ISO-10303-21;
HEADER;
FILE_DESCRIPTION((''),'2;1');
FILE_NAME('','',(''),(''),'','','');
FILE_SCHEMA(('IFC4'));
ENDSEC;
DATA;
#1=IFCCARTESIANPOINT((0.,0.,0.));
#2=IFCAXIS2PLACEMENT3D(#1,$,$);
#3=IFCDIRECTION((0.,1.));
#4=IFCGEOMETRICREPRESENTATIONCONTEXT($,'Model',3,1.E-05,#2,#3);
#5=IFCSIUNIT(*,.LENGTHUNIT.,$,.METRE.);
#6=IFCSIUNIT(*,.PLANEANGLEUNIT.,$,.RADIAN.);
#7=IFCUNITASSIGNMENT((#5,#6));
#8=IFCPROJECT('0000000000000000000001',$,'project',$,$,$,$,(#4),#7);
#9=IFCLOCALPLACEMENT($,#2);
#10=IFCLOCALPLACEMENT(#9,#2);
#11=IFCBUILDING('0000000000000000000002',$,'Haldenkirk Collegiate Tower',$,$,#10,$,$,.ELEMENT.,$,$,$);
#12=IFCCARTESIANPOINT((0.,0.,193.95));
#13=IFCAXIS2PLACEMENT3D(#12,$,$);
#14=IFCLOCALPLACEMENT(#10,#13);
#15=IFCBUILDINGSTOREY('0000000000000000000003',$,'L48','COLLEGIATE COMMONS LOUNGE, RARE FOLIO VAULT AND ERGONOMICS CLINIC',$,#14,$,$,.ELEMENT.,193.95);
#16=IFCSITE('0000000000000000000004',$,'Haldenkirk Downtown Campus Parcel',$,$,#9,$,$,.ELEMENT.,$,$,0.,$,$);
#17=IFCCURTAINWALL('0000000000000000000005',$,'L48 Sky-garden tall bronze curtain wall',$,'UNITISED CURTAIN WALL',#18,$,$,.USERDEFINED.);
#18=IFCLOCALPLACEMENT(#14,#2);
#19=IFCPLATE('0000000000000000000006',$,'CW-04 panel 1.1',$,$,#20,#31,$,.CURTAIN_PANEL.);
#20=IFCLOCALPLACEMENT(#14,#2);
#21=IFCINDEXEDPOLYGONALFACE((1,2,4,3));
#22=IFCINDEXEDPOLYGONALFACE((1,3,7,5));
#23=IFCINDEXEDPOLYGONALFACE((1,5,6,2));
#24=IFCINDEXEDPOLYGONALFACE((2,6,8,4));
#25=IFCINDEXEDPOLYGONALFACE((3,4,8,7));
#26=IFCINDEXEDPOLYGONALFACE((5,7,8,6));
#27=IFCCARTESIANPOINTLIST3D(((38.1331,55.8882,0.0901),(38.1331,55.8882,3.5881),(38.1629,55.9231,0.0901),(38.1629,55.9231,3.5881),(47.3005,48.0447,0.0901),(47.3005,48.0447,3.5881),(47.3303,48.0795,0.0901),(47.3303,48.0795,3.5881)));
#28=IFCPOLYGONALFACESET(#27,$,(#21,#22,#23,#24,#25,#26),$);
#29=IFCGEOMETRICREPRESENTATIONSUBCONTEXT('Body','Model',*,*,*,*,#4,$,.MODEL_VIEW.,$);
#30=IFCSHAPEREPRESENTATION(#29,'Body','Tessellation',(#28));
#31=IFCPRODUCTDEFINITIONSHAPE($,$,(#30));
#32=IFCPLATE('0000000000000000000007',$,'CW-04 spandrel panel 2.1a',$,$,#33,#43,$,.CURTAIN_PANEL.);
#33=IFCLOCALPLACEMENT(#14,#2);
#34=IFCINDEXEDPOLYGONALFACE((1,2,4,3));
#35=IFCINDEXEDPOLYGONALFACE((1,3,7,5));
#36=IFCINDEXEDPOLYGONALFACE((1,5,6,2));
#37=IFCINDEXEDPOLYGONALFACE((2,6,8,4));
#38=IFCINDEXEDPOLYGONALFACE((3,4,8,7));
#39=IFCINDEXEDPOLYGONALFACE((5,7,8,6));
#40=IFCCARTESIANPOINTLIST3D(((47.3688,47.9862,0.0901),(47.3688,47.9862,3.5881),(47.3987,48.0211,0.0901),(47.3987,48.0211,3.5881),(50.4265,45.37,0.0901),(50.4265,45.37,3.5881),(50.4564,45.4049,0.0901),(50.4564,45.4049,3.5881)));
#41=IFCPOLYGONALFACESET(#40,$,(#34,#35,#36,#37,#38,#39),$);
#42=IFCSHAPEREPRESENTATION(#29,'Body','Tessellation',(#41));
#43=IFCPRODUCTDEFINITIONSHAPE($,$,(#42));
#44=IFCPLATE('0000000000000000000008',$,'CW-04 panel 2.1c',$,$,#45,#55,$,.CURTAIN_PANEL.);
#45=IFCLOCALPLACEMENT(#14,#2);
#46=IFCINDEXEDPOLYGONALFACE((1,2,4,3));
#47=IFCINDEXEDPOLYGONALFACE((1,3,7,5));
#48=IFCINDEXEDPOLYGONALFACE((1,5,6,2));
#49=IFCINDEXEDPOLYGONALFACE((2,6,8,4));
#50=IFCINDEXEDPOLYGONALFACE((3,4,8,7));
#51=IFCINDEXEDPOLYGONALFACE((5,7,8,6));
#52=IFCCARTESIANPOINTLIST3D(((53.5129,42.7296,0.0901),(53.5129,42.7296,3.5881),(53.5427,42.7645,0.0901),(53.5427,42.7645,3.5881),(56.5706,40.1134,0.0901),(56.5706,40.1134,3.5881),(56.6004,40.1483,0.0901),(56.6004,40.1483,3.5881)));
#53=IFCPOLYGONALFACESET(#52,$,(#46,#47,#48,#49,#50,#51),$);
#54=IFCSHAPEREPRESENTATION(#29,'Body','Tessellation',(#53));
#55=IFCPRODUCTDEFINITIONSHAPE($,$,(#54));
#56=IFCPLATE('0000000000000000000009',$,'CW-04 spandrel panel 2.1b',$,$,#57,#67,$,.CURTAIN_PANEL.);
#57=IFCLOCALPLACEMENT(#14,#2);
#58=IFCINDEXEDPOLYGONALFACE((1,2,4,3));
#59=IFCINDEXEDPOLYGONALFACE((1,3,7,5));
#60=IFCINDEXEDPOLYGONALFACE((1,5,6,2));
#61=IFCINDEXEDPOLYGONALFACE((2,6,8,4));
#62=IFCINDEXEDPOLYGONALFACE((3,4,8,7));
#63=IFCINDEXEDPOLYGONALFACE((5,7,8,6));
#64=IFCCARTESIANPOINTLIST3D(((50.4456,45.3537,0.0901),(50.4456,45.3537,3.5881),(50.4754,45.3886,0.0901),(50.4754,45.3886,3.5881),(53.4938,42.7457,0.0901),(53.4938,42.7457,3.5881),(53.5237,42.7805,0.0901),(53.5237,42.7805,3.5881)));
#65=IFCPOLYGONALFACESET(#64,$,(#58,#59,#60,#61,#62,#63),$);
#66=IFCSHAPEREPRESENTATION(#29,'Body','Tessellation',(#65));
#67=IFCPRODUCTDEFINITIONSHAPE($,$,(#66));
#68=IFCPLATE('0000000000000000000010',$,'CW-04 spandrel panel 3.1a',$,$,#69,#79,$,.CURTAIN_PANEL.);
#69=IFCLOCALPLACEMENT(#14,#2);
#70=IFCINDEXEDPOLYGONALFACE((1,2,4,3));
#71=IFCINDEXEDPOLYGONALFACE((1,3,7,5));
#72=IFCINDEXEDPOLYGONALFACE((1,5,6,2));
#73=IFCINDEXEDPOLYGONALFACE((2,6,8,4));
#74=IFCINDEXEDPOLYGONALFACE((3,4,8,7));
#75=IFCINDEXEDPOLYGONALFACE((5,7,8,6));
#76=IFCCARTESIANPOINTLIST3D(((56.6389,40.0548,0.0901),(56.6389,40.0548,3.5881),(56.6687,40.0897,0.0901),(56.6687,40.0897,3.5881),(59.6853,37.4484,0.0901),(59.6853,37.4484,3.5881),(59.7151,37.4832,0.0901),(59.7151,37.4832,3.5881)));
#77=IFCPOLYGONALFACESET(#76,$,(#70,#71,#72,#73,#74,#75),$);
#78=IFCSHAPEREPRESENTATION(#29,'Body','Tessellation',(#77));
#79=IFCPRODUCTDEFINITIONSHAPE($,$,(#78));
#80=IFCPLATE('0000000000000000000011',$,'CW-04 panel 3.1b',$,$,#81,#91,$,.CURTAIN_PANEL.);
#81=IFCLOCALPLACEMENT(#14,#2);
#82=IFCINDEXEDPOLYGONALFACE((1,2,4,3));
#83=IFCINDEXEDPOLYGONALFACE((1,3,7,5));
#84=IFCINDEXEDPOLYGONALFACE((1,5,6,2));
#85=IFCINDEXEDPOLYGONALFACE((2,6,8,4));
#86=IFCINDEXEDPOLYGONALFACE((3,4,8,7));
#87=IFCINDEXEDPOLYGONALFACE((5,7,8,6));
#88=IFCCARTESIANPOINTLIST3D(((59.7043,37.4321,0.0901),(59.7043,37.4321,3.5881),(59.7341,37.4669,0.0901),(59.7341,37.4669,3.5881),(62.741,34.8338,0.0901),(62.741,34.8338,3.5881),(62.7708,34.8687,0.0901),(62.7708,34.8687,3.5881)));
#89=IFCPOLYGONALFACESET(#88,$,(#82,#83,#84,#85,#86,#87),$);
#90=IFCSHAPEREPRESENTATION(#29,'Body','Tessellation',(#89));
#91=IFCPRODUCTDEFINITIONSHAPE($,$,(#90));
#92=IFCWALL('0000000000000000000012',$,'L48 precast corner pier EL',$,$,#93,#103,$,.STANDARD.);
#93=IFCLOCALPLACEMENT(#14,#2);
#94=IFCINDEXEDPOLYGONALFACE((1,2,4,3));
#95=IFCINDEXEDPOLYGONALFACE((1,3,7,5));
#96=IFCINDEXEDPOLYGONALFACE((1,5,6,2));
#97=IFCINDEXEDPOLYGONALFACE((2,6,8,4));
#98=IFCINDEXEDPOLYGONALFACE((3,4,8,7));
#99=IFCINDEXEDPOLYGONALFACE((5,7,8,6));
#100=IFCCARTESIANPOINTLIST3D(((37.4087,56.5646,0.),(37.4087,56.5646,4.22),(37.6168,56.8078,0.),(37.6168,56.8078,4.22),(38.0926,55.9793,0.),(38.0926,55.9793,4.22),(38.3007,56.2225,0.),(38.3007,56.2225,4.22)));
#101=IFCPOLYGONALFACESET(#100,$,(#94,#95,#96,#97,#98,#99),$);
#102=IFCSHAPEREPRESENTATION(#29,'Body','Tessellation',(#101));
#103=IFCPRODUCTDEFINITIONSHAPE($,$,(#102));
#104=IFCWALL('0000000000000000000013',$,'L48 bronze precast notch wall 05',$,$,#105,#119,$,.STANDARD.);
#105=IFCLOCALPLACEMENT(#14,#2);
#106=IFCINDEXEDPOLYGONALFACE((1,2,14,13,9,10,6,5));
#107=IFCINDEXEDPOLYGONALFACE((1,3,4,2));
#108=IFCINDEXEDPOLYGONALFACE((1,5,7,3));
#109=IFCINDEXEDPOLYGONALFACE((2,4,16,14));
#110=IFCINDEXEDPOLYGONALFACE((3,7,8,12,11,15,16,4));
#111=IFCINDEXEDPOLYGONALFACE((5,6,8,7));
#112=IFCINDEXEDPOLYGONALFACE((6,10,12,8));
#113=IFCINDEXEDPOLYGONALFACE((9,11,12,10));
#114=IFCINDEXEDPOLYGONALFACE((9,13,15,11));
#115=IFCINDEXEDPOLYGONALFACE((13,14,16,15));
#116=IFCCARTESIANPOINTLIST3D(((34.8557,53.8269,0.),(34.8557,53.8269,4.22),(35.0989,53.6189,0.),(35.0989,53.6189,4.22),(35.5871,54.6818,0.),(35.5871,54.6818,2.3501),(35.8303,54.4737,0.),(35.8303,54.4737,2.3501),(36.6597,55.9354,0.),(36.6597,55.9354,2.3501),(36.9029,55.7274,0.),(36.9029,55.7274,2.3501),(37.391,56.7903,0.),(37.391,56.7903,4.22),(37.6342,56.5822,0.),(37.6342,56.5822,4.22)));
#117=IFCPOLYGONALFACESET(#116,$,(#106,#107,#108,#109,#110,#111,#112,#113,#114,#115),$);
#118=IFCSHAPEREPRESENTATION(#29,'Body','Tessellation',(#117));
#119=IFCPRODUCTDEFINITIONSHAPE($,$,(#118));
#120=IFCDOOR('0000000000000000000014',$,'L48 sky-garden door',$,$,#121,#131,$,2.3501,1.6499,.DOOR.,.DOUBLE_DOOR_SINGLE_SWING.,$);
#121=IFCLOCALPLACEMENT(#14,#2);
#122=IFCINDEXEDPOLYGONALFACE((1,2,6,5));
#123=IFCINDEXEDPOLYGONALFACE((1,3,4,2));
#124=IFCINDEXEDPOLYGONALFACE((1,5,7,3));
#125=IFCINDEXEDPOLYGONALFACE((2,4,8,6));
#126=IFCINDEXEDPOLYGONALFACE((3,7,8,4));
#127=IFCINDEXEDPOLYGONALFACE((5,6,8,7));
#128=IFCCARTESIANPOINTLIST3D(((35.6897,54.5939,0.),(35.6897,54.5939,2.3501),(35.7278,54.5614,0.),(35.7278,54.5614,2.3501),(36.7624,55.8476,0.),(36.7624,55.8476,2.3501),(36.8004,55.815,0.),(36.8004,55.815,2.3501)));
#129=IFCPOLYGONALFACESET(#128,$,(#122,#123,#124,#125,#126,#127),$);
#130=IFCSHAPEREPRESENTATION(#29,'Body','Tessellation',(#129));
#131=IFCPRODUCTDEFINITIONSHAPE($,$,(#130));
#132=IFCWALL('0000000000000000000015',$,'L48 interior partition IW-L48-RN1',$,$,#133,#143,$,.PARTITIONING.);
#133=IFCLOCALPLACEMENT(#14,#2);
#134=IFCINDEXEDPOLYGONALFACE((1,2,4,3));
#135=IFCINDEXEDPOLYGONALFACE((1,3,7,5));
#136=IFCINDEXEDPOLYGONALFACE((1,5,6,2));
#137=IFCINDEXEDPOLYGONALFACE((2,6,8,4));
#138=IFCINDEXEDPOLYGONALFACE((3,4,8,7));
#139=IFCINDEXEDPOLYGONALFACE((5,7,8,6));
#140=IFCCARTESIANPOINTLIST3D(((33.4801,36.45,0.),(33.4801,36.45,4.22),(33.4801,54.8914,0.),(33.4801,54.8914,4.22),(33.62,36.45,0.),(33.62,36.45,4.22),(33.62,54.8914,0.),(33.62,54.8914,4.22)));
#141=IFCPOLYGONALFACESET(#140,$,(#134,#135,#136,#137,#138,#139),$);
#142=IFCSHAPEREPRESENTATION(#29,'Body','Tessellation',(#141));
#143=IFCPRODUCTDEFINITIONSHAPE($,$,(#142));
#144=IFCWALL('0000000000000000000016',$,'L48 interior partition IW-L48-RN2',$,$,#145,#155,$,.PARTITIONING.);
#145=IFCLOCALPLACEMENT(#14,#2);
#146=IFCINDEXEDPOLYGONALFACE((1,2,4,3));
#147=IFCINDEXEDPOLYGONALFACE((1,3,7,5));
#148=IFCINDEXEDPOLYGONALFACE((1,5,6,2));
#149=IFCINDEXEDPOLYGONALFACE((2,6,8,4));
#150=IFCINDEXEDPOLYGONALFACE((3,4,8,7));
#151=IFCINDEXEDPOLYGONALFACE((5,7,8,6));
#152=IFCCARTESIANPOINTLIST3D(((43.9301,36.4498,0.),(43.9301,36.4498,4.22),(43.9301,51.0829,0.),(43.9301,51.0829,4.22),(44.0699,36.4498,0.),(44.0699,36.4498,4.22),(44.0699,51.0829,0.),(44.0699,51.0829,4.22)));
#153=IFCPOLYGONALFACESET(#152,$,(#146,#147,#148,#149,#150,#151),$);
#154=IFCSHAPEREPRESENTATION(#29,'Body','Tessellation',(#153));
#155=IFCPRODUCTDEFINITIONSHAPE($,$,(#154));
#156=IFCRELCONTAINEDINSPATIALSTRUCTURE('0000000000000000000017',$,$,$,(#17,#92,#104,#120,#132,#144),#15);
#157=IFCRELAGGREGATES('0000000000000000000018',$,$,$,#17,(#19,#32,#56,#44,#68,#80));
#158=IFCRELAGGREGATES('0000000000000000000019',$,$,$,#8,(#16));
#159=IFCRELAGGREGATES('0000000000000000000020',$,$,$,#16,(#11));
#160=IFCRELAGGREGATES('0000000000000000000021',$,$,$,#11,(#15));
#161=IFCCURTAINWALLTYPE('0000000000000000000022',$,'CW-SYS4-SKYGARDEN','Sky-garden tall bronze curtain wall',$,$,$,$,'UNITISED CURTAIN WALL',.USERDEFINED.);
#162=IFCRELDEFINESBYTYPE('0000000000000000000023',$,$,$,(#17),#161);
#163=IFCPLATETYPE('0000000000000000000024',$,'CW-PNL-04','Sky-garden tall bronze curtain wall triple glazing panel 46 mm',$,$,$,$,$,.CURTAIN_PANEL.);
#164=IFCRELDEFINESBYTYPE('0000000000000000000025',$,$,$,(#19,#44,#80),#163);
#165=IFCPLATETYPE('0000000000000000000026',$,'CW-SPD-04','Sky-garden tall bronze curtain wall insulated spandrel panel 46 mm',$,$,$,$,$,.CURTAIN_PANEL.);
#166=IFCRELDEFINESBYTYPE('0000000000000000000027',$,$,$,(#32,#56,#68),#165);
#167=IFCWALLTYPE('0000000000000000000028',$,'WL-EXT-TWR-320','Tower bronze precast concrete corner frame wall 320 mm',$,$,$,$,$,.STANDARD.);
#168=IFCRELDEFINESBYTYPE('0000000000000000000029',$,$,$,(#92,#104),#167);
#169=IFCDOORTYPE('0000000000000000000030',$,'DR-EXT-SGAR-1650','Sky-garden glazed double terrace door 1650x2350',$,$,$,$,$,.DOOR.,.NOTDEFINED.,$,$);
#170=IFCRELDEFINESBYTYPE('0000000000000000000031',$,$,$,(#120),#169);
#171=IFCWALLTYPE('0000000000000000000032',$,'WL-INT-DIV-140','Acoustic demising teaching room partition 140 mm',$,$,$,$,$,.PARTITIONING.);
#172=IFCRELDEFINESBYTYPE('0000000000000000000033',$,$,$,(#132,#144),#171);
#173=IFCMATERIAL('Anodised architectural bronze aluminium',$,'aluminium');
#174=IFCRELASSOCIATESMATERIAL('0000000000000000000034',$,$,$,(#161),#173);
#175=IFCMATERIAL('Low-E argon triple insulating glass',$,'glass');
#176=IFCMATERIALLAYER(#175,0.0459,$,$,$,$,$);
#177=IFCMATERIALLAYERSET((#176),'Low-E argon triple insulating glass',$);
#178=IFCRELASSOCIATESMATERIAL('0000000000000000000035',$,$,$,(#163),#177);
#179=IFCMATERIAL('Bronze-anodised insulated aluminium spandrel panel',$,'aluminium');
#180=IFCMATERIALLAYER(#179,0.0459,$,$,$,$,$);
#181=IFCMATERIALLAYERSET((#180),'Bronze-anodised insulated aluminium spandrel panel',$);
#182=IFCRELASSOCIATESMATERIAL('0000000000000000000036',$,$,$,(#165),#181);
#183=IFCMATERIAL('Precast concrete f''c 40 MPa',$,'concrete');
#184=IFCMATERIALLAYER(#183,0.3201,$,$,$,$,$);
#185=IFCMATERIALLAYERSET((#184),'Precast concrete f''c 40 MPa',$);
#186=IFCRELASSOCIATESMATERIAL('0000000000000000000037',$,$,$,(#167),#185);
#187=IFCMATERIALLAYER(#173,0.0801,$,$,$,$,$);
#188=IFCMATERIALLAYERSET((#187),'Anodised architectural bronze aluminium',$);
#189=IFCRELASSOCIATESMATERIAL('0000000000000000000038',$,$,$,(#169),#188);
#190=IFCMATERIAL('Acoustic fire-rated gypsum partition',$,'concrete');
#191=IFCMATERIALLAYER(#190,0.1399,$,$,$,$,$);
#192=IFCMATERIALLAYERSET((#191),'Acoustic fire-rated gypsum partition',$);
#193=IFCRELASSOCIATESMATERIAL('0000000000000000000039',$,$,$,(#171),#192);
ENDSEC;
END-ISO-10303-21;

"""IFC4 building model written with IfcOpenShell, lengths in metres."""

from ifc_helpers import new_model, si_unit, direction, frame, frame_2d, origin, origin_2d, place, context, subcontext, project, spatial, rectangle, extrude, source, transform, mapped, material, layer, layer_set, type_object, element, fill, aggregate, save


model = new_model("IFC4")

# Units and contexts
model_context = context("Model", 3, precision=1e-05, world=origin(), true_north=direction((0.0, 1.0)))
body_context = subcontext(model_context, "Body", "Model", "MODEL_VIEW")
ifc_project = project(units=[si_unit("LENGTHUNIT", "METRE"), si_unit("PLANEANGLEUNIT", "RADIAN")], contexts=[model_context])

# Site, building, storey
site_placement = place(None, origin())
site = spatial("IfcSite", under=ifc_project, at=site_placement, Name="Haldenkirk Downtown Campus Parcel", CompositionType="ELEMENT", RefElevation=0.0)
building_placement = place(site_placement, origin())
building = spatial("IfcBuilding", under=site, at=building_placement, Name="Haldenkirk Collegiate Tower", CompositionType="ELEMENT")
storey_placement = place(building_placement, frame((0.0, 0.0, 193.95)))
storey = spatial("IfcBuildingStorey", under=building, at=storey_placement, Name="L48", Description="COLLEGIATE COMMONS LOUNGE, RARE FOLIO VAULT AND ERGONOMICS CLINIC", CompositionType="ELEMENT", Elevation=193.95)

# Curtain wall
ifc_material_1 = material(Name="Anodised architectural bronze aluminium", Category="aluminium")
curtain_wall_type = type_object("IfcCurtainWallType", Name="CW-SYS4-SKYGARDEN", Description="Sky-garden tall bronze curtain wall", ElementType="UNITISED CURTAIN WALL", PredefinedType="USERDEFINED", material=ifc_material_1)
curtain_wall_placement = place(storey_placement, origin())
curtain_wall = element("IfcCurtainWall", 1, at=curtain_wall_placement, inside=storey, type_object=curtain_wall_type, Name="L48 Sky-garden tall bronze curtain wall", ObjectType="UNITISED CURTAIN WALL", PredefinedType="USERDEFINED")

# Plates
ifc_material_2 = material(Name="Low-E argon triple insulating glass", Category="glass")
ifc_layer_1 = layer(ifc_material_2, 0.0459)
ifc_layer_set_1 = layer_set([ifc_layer_1], Name="Low-E argon triple insulating glass")
plate_type_1 = type_object("IfcPlateType", Name="CW-PNL-04", Description="Sky-garden tall bronze curtain wall triple glazing panel 46 mm", PredefinedType="CURTAIN_PANEL", material=ifc_layer_set_1)
shared_shape_1 = source(origin(), body_context, "Body", "SweptSolid", [
    extrude(rectangle(XDim=12.0649, YDim=0.0459, at=origin_2d()), origin(), (0.0, 0.0, 1.0), 3.498),
])
plate_1_placement = place(storey_placement, frame((42.7317, 51.9839, 0.0901), z_axis=(0.0, 0.0, 1.0), x_axis=(0.759837, -0.650113, 0.0)))
plate_1 = element("IfcPlate", 2, at=plate_1_placement, type_object=plate_type_1, Name="CW-04 panel 1.1", PredefinedType="CURTAIN_PANEL", context=body_context, shape_type="MappedRepresentation", body=[
    mapped(shared_shape_1, transform((0.0, 0.0, 0.0), x_axis=(1.0, 0.0, 0.0), y_axis=(0.0, 1.0, 0.0), z_axis=(0.0, 0.0, 1.0), scale=1.0)),
])
ifc_material_3 = material(Name="Bronze-anodised insulated aluminium spandrel panel", Category="aluminium")
ifc_layer_2 = layer(ifc_material_3, 0.0459)
ifc_layer_set_2 = layer_set([ifc_layer_2], Name="Bronze-anodised insulated aluminium spandrel panel")
plate_type_2 = type_object("IfcPlateType", Name="CW-SPD-04", Description="Sky-garden tall bronze curtain wall insulated spandrel panel 46 mm", PredefinedType="CURTAIN_PANEL", material=ifc_layer_set_2)
shared_shape_2 = source(origin(), body_context, "Body", "SweptSolid", [
    extrude(rectangle(XDim=4.0242, YDim=0.0459, at=origin_2d()), origin(), (0.0, 0.0, 1.0), 3.498),
])
plate_2_placement = place(storey_placement, frame((48.9126, 46.6956, 0.0901), z_axis=(0.0, 0.0, 1.0), x_axis=(0.759837, -0.650113, 0.0)))
plate_2 = element("IfcPlate", 3, at=plate_2_placement, type_object=plate_type_2, Name="CW-04 spandrel panel 2.1a", PredefinedType="CURTAIN_PANEL", context=body_context, shape_type="MappedRepresentation", body=[
    mapped(shared_shape_2, transform((0.0, 0.0, 0.0), x_axis=(1.0, 0.0, 0.0), y_axis=(0.0, 1.0, 0.0), z_axis=(0.0, 0.0, 1.0), scale=1.0)),
])
plate_3_placement = place(storey_placement, frame((55.0566, 41.439, 0.0901), z_axis=(0.0, 0.0, 1.0), x_axis=(0.759837, -0.650113, 0.0)))
plate_3 = element("IfcPlate", 4, at=plate_3_placement, type_object=plate_type_1, Name="CW-04 panel 2.1c", PredefinedType="CURTAIN_PANEL", context=body_context, shape_type="MappedRepresentation", body=[
    mapped(shared_shape_2, transform((0.0, 0.0, 0.0), x_axis=(1.0, 0.0, 0.0), y_axis=(0.0, 1.0, 0.0), z_axis=(0.0, 0.0, 1.0), scale=1.0)),
])
shared_shape_3 = source(origin(), body_context, "Body", "SweptSolid", [
    extrude(rectangle(XDim=4.0117, YDim=0.0459, at=origin_2d()), origin(), (0.0, 0.0, 1.0), 3.498),
])
plate_4_placement = place(storey_placement, frame((51.9846, 44.0671, 0.0901), z_axis=(0.0, 0.0, 1.0), x_axis=(0.759837, -0.650113, 0.0)))
plate_4 = element("IfcPlate", 5, at=plate_4_placement, type_object=plate_type_2, Name="CW-04 spandrel panel 2.1b", PredefinedType="CURTAIN_PANEL", context=body_context, shape_type="MappedRepresentation", body=[
    mapped(shared_shape_3, transform((0.0, 0.0, 0.0), x_axis=(1.0, 0.0, 0.0), y_axis=(0.0, 1.0, 0.0), z_axis=(0.0, 0.0, 1.0), scale=1.0)),
])
shared_shape_4 = source(origin(), body_context, "Body", "SweptSolid", [
    extrude(rectangle(XDim=4.0093, YDim=0.0459, at=origin_2d()), origin(), (0.0, 0.0, 1.0), 3.498),
])
plate_5_placement = place(storey_placement, frame((58.177, 38.769, 0.0901), z_axis=(0.0, 0.0, 1.0), x_axis=(0.759837, -0.650113, 0.0)))
plate_5 = element("IfcPlate", 6, at=plate_5_placement, type_object=plate_type_2, Name="CW-04 spandrel panel 3.1a", PredefinedType="CURTAIN_PANEL", context=body_context, shape_type="MappedRepresentation", body=[
    mapped(shared_shape_4, transform((0.0, 0.0, 0.0), x_axis=(1.0, 0.0, 0.0), y_axis=(0.0, 1.0, 0.0), z_axis=(0.0, 0.0, 1.0), scale=1.0)),
])
shared_shape_5 = source(origin(), body_context, "Body", "SweptSolid", [
    extrude(rectangle(XDim=3.9966, YDim=0.0459, at=origin_2d()), origin(), (0.0, 0.0, 1.0), 3.498),
])
plate_6_placement = place(storey_placement, frame((61.2375, 36.1504, 0.0901), z_axis=(0.0, 0.0, 1.0), x_axis=(0.759837, -0.650113, 0.0)))
plate_6 = element("IfcPlate", 7, at=plate_6_placement, type_object=plate_type_1, Name="CW-04 panel 3.1b", PredefinedType="CURTAIN_PANEL", context=body_context, shape_type="MappedRepresentation", body=[
    mapped(shared_shape_5, transform((0.0, 0.0, 0.0), x_axis=(1.0, 0.0, 0.0), y_axis=(0.0, 1.0, 0.0), z_axis=(0.0, 0.0, 1.0), scale=1.0)),
])
aggregate(curtain_wall, [plate_1, plate_2, plate_4, plate_3, plate_5, plate_6])

# Wall
ifc_material_4 = material(Name="Precast concrete f'c 40 MPa", Category="concrete")
ifc_layer_3 = layer(ifc_material_4, 0.3201)
ifc_layer_set_3 = layer_set([ifc_layer_3], Name="Precast concrete f'c 40 MPa")
wall_type_1 = type_object("IfcWallType", Name="WL-EXT-TWR-320", Description="Tower bronze precast concrete corner frame wall 320 mm", PredefinedType="STANDARD", material=ifc_layer_set_3)
wall_1_placement = place(storey_placement, frame((37.5127, 56.6863, 0.0), z_axis=(0.0, 0.0, 1.0), x_axis=(0.759773, -0.650188, 0.0)))
element("IfcWall", 8, at=wall_1_placement, inside=storey, type_object=wall_type_1, Name="L48 precast corner pier EL", PredefinedType="STANDARD", context=body_context, shape_type="SweptSolid", body=[
    extrude(rectangle(XDim=0.9001, YDim=0.3201, at=frame_2d((0.4502, 0.0))), origin(), (0.0, 0.0, 1.0), 4.22),
])

# Wall, opening, door
wall_2_placement = place(storey_placement, frame((34.9773, 53.7229, 0.0), z_axis=(0.0, 0.0, 1.0), x_axis=(0.650105, 0.759844, 0.0)))
wall_2 = element("IfcWall", 9, at=wall_2_placement, inside=storey, type_object=wall_type_1, Name="L48 bronze precast notch wall 05", PredefinedType="STANDARD", context=body_context, shape_type="SweptSolid", body=[
    extrude(rectangle(XDim=3.8999, YDim=0.3201, at=frame_2d((1.95, 0.0))), origin(), (0.0, 0.0, 1.0), 4.22),
])
opening_placement = place(wall_2_placement, frame((1.125, 0.0, 0.0)))
opening = element("IfcOpeningElement", 10, at=opening_placement, cuts=wall_2, PredefinedType="OPENING", context=body_context, shape_type="SweptSolid", body=[
    extrude(rectangle(XDim=1.6499, YDim=2.3501, at=frame_2d((0.825, 1.175))), frame((0.0, 0.1699, 0.0), z_axis=(0.0, -1.0, 0.0), x_axis=(1.0, 0.0, 0.0)), (0.0, 0.0, 1.0), 0.3401),
])
ifc_layer_4 = layer(ifc_material_1, 0.0801)
ifc_layer_set_4 = layer_set([ifc_layer_4], Name="Anodised architectural bronze aluminium")
door_type = type_object("IfcDoorType", Name="DR-EXT-SGAR-1650", Description="Sky-garden glazed double terrace door 1650x2350", OperationType="NOTDEFINED", PredefinedType="DOOR", material=ifc_layer_set_4)
door_placement = place(opening_placement, origin())
door = element("IfcDoor", 11, at=door_placement, inside=storey, type_object=door_type, Name="L48 sky-garden door", OperationType="DOUBLE_DOOR_SINGLE_SWING", OverallHeight=2.3501, OverallWidth=1.6499, PredefinedType="DOOR", context=body_context, shape_type="SweptSolid", body=[
    extrude(rectangle(XDim=1.6499, YDim=2.3501, at=frame_2d((0.825, 1.175))), frame((0.0, 0.0249, 0.0), z_axis=(0.0, -1.0, 0.0), x_axis=(1.0, 0.0, 0.0)), (0.0, 0.0, 1.0), 0.05),
])
fill(opening, door)

# Walls
ifc_material_5 = material(Name="Acoustic fire-rated gypsum partition", Category="concrete")
ifc_layer_5 = layer(ifc_material_5, 0.1399)
ifc_layer_set_5 = layer_set([ifc_layer_5], Name="Acoustic fire-rated gypsum partition")
wall_type_2 = type_object("IfcWallType", Name="WL-INT-DIV-140", Description="Acoustic demising teaching room partition 140 mm", PredefinedType="PARTITIONING", material=ifc_layer_set_5)
wall_3_placement = place(storey_placement, frame((33.55, 36.45, 0.0), z_axis=(0.0, 0.0, 1.0), x_axis=(0.0, 1.0, 0.0)))
element("IfcWall", 12, at=wall_3_placement, inside=storey, type_object=wall_type_2, Name="L48 interior partition IW-L48-RN1", PredefinedType="PARTITIONING", context=body_context, shape_type="SweptSolid", body=[
    extrude(rectangle(XDim=18.4414, YDim=0.1399, at=frame_2d((9.2207, 0.0))), origin(), (0.0, 0.0, 1.0), 4.22),
])
wall_4_placement = place(storey_placement, frame((44.0, 36.45, 0.0), z_axis=(0.0, 0.0, 1.0), x_axis=(0.0, 1.0, 0.0)))
element("IfcWall", 13, at=wall_4_placement, inside=storey, type_object=wall_type_2, Name="L48 interior partition IW-L48-RN2", PredefinedType="PARTITIONING", context=body_context, shape_type="SweptSolid", body=[
    extrude(rectangle(XDim=14.6331, YDim=0.1399, at=frame_2d((7.3164, 0.0))), origin(), (0.0, 0.0, 1.0), 4.22),
])

save(model, "model.ifc")
